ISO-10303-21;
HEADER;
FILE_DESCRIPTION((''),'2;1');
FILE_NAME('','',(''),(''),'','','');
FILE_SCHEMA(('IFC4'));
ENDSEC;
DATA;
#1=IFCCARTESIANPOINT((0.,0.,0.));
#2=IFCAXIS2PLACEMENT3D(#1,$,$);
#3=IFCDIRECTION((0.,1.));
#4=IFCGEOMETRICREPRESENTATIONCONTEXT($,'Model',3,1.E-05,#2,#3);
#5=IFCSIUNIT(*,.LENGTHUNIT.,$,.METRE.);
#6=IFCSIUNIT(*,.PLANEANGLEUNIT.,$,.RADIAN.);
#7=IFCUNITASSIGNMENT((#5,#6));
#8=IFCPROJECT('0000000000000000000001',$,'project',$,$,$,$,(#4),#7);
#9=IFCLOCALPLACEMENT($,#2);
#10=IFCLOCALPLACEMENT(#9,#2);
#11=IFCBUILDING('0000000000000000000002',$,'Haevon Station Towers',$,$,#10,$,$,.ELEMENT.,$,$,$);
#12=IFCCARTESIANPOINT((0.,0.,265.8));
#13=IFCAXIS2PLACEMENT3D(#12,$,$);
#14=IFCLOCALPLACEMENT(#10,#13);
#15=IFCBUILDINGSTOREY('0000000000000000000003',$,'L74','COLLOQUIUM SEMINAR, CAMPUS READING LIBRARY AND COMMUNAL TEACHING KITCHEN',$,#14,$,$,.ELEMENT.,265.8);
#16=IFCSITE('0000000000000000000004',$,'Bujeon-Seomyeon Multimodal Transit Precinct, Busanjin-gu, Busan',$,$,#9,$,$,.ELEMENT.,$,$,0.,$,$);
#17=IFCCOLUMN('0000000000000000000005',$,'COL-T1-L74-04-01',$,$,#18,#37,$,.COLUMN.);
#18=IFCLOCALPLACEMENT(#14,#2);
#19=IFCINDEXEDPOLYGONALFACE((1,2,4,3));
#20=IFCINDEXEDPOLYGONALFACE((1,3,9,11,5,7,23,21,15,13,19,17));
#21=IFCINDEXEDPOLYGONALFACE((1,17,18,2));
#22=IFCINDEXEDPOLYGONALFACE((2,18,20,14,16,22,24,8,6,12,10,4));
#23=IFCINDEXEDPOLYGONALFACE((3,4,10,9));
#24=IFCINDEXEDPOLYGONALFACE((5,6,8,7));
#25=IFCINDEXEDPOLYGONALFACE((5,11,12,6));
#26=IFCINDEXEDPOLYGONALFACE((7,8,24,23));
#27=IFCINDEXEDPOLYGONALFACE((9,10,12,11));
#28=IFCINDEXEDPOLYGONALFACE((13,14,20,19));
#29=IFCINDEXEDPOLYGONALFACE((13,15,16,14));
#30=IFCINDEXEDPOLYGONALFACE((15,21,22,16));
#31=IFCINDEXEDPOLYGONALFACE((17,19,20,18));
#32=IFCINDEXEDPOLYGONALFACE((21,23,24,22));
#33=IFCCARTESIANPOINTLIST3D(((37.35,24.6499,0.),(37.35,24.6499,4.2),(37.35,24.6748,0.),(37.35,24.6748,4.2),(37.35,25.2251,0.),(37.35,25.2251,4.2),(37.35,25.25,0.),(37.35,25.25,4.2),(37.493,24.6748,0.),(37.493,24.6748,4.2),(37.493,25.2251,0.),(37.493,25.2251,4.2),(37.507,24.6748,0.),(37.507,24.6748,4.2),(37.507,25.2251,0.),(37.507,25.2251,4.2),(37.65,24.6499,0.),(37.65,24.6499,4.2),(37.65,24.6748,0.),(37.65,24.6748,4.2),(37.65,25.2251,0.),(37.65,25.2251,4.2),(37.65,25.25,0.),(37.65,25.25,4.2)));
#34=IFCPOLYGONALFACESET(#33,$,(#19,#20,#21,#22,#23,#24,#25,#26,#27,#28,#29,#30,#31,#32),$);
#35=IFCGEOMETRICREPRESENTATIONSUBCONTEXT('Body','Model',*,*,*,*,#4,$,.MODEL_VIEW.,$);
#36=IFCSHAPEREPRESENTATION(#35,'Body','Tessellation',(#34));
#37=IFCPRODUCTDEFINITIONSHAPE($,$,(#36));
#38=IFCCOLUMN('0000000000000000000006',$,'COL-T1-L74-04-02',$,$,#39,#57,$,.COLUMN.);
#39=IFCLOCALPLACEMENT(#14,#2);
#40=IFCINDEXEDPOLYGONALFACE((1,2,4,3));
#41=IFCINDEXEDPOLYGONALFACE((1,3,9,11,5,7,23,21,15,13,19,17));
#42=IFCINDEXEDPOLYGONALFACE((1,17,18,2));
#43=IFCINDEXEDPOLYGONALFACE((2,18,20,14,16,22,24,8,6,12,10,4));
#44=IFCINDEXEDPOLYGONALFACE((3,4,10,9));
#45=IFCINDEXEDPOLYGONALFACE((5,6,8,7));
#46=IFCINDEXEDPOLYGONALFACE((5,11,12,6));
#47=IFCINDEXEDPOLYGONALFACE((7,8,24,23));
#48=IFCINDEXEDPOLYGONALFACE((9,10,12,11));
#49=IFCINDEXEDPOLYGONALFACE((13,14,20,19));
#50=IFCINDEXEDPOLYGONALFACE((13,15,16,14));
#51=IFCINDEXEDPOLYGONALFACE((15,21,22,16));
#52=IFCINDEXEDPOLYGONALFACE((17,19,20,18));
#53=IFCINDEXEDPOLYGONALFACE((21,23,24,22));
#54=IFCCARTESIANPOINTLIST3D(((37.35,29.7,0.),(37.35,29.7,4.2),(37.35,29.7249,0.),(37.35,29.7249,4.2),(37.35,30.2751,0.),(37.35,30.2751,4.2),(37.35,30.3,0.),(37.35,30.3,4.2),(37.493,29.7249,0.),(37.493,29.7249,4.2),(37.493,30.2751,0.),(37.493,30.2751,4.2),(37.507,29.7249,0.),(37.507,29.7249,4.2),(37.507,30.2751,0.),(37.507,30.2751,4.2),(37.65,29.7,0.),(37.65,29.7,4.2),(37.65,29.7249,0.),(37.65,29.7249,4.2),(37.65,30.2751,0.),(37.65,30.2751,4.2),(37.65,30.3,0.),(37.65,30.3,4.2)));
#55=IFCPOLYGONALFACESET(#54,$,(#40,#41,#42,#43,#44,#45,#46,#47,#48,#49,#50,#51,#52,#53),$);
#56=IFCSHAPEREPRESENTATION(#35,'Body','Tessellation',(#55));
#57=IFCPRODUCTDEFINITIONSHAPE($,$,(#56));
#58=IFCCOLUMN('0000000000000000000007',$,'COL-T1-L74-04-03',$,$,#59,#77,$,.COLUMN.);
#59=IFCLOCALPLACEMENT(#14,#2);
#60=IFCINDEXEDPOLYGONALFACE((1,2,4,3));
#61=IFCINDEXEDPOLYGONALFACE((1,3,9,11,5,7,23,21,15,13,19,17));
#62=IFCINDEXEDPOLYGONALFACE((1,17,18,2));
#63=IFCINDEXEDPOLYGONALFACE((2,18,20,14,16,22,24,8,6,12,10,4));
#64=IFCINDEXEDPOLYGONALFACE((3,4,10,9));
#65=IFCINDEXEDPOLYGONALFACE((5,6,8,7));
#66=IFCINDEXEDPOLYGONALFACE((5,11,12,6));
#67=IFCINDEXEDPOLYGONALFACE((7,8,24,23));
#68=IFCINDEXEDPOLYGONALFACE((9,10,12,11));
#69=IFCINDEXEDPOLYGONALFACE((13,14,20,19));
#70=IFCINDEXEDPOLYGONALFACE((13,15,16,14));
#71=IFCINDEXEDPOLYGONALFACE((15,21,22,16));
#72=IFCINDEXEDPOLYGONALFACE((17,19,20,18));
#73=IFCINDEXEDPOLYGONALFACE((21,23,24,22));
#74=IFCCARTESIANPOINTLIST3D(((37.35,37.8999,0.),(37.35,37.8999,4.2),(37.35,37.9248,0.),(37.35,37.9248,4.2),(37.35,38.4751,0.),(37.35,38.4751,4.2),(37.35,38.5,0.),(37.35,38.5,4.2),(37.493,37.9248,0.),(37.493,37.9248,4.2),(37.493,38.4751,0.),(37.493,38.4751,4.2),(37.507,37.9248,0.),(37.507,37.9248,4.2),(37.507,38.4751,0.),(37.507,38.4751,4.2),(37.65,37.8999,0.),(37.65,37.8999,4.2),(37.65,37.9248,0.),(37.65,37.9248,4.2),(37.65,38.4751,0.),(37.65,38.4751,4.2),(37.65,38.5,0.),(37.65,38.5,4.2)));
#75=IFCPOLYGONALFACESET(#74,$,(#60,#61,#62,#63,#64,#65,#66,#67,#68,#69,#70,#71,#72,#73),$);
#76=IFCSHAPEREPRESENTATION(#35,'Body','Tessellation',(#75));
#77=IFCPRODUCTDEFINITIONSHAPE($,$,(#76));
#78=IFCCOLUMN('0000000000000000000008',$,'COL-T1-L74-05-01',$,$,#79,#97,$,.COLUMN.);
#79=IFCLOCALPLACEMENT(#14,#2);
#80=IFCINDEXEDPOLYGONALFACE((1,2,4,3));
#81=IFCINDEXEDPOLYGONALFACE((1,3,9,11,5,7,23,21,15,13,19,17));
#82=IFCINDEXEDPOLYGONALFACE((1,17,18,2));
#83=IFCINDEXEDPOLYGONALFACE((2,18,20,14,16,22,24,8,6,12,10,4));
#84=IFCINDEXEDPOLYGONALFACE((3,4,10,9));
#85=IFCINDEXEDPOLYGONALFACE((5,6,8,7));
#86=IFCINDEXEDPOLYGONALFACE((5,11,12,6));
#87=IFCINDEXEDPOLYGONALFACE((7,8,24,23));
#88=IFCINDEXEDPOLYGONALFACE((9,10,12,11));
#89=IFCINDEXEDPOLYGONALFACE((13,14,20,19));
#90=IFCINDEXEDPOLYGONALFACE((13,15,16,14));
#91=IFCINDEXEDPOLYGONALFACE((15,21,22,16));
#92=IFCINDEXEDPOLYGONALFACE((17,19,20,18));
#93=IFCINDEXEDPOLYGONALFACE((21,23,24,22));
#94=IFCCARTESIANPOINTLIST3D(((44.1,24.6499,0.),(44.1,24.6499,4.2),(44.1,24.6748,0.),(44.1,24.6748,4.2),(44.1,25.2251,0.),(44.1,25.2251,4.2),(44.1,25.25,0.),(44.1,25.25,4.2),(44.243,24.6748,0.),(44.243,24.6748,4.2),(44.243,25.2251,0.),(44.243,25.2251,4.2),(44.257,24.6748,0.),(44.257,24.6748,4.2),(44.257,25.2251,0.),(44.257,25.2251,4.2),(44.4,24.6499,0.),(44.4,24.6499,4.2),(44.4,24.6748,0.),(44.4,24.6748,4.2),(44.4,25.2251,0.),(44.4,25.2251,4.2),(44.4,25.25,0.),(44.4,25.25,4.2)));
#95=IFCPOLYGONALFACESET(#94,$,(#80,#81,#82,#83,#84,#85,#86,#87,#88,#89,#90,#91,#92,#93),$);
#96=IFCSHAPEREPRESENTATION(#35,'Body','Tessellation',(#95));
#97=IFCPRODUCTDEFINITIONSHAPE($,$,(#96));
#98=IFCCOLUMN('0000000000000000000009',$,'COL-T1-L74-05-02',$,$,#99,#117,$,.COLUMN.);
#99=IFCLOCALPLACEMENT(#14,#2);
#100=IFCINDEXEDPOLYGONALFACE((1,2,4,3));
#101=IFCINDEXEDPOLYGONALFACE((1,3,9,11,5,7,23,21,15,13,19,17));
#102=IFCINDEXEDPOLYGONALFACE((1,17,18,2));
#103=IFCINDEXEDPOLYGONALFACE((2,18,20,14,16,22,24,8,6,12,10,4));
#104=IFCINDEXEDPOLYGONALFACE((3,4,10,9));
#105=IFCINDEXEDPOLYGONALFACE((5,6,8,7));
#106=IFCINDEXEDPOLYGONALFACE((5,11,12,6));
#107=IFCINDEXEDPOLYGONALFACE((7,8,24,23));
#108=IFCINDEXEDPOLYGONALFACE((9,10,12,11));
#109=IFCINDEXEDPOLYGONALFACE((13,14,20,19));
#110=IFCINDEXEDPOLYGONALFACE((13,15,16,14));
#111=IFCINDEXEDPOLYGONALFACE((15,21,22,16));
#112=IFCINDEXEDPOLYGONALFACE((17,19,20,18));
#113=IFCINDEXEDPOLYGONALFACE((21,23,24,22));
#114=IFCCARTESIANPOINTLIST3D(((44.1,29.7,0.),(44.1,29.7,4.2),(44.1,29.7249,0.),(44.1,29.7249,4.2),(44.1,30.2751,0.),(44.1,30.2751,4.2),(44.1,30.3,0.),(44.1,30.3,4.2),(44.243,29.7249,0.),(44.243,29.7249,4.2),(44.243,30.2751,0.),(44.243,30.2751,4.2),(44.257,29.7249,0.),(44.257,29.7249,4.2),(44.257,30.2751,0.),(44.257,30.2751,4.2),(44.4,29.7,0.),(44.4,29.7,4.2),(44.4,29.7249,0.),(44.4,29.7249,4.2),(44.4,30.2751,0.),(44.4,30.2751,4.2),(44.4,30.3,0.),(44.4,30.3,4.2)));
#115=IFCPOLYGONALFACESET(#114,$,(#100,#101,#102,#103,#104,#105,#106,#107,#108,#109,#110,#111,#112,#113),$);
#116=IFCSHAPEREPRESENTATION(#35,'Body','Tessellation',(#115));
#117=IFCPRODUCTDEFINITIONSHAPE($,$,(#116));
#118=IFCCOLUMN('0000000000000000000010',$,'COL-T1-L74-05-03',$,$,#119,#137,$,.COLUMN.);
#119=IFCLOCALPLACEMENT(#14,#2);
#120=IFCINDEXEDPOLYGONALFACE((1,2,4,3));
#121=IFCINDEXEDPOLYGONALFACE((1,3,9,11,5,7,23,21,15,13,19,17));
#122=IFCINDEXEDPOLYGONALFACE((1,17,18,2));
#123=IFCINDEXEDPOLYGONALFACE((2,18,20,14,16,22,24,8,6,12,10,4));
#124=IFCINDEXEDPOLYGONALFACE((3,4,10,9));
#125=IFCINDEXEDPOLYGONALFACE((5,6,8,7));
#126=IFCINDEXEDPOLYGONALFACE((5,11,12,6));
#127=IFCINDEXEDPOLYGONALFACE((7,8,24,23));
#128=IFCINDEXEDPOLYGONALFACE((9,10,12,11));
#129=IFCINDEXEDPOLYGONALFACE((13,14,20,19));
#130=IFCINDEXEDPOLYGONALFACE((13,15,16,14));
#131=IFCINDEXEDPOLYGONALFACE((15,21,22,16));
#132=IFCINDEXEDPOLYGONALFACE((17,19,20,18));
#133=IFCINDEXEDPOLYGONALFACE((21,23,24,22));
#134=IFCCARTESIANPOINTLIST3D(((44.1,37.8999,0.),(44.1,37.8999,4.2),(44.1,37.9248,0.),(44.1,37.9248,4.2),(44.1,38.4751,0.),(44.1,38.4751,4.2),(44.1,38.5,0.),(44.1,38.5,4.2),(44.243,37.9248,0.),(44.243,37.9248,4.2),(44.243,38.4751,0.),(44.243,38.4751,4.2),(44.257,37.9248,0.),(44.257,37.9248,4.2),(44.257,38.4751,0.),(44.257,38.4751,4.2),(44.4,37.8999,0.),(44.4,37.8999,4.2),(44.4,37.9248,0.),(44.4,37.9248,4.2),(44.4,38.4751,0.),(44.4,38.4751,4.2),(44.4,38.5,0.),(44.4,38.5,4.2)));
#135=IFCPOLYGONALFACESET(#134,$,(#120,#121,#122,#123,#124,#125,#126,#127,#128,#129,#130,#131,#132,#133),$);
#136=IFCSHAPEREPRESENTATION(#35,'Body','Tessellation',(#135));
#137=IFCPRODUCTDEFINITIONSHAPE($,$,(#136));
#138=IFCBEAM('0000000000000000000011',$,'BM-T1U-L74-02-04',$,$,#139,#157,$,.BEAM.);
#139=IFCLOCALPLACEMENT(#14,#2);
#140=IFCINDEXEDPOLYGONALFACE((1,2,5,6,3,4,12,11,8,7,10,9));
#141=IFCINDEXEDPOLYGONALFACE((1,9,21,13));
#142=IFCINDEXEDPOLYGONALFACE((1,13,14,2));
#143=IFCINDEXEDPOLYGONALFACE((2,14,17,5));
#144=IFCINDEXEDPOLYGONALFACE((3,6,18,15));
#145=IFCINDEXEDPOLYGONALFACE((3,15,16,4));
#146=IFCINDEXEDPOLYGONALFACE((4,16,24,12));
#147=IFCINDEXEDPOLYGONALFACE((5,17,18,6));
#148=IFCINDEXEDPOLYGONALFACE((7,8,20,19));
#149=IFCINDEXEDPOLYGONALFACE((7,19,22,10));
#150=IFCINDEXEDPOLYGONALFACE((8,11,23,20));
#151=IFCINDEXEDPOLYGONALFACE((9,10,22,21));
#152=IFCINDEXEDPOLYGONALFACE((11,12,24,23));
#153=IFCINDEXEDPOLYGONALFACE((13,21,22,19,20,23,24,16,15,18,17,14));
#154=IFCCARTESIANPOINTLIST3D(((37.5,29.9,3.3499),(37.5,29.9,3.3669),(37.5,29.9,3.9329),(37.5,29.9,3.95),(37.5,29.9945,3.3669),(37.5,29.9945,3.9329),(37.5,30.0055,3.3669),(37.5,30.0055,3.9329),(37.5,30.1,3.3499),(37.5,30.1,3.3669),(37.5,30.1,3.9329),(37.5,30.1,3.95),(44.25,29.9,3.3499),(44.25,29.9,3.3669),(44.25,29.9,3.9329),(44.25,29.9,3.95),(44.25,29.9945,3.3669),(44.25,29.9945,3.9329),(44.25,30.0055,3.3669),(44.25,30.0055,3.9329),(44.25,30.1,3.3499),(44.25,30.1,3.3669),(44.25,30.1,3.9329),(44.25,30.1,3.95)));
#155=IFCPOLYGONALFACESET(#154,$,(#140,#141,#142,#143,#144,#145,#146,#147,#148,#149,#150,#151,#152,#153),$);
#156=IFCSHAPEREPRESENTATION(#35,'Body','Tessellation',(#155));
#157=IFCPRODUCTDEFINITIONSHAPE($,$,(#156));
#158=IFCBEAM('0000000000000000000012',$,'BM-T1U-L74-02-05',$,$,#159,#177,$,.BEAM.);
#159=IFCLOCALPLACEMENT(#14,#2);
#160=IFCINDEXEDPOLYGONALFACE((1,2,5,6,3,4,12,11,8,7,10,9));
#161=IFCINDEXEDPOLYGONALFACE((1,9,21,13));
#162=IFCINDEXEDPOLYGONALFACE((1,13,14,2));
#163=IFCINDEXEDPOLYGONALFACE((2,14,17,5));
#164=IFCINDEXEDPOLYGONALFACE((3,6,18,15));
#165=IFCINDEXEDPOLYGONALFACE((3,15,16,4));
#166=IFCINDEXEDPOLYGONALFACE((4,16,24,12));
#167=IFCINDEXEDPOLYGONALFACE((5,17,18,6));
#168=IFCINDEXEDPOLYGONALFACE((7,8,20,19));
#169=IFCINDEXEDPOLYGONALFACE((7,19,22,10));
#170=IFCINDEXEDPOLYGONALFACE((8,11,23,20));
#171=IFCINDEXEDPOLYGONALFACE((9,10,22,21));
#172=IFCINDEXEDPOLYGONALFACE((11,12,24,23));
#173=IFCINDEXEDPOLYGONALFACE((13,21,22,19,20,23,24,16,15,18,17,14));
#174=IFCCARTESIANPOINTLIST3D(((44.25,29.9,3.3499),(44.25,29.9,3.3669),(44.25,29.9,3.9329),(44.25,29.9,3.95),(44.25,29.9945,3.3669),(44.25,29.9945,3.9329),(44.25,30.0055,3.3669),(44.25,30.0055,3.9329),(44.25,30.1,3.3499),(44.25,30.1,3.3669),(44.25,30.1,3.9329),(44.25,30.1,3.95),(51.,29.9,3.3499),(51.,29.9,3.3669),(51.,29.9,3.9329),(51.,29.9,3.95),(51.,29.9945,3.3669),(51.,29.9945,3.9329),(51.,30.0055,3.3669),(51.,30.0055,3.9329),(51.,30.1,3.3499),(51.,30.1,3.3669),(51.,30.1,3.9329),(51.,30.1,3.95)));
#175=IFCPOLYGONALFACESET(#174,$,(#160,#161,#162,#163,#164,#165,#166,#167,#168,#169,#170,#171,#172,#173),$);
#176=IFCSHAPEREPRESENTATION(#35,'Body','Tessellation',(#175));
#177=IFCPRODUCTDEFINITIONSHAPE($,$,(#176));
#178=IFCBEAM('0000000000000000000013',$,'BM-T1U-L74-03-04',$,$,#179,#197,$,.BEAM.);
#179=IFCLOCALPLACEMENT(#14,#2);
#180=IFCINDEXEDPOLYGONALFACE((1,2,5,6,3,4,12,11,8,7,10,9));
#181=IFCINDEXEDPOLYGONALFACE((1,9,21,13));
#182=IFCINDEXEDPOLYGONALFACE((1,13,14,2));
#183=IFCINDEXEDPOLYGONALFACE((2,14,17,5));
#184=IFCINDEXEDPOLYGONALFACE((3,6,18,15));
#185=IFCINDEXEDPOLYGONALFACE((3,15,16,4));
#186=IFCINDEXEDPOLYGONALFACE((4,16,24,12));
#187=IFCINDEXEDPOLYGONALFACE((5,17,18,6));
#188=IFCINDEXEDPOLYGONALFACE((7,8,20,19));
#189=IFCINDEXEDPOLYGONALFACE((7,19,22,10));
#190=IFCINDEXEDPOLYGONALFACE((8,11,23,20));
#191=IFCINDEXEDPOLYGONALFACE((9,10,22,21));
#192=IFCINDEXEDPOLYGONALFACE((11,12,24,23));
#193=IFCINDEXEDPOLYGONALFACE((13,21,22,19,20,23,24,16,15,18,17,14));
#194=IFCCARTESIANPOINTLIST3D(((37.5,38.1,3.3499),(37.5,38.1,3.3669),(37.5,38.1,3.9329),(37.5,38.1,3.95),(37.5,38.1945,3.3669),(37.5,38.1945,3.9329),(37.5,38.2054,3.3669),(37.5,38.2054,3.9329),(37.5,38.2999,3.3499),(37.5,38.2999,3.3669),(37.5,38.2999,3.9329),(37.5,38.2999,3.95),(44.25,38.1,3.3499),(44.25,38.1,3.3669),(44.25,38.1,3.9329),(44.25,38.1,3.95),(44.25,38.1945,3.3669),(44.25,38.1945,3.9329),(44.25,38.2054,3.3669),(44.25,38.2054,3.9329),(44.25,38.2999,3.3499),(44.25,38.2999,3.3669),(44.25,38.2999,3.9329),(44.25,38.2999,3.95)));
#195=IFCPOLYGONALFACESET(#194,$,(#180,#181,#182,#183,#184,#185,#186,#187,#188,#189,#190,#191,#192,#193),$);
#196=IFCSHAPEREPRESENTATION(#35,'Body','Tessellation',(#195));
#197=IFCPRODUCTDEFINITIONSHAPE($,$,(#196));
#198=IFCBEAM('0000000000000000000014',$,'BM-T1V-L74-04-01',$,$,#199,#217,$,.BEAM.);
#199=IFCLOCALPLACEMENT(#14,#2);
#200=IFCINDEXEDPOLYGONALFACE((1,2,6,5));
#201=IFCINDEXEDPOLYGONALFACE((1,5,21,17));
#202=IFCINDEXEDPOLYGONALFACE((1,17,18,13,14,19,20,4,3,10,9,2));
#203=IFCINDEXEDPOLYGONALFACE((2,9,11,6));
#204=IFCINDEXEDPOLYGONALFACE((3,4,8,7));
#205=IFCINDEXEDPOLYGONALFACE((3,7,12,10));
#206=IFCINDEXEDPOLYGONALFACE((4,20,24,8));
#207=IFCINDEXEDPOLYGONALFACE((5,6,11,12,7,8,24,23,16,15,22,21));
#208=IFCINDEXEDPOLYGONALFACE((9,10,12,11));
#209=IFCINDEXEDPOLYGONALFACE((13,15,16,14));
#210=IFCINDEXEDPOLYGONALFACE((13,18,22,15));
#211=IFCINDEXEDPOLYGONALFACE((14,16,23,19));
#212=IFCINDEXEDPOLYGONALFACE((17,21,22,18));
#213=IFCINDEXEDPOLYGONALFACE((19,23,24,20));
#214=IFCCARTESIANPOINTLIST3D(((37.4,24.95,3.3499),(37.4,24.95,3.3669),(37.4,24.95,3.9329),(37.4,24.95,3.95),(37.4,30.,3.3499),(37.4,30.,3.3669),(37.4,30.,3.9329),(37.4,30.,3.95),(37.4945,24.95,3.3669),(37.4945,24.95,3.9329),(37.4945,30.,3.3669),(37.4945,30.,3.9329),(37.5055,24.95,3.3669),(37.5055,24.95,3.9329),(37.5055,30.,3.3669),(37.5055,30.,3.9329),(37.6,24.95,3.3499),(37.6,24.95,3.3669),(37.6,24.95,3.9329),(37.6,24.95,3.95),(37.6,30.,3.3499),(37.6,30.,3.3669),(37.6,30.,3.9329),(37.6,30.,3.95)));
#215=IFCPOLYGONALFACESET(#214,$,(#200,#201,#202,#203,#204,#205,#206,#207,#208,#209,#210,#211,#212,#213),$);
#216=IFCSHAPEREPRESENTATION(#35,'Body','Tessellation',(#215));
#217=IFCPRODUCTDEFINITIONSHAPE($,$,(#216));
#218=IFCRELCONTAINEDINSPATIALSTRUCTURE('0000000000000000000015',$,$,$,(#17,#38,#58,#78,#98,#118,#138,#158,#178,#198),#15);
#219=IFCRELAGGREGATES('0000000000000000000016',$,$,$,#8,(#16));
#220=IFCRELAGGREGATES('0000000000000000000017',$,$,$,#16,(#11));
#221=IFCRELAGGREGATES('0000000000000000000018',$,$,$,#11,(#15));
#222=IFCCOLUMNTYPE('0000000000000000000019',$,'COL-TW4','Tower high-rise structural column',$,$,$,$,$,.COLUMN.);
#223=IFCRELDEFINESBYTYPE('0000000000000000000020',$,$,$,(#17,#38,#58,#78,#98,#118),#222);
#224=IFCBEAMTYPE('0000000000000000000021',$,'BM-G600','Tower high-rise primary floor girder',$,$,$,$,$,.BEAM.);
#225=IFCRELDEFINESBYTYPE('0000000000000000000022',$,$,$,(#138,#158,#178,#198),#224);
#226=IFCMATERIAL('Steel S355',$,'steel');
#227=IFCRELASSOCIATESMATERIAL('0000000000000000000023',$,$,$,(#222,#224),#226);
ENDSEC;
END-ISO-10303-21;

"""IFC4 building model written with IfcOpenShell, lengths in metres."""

from ifc_helpers import new_model, si_unit, direction, frame, origin, origin_2d, place, context, subcontext, project, spatial, i_section, extrude, material, material_profile, profile_set, type_object, element, save


model = new_model("IFC4")

# Units and contexts
model_context = context("Model", 3, precision=1e-05, world=origin(), true_north=direction((0.0, 1.0)))
body_context = subcontext(model_context, "Body", "Model", "MODEL_VIEW")
ifc_project = project(units=[si_unit("LENGTHUNIT", "METRE"), si_unit("PLANEANGLEUNIT", "RADIAN")], contexts=[model_context])

# Site, building, storey
site_placement = place(None, origin())
site = spatial("IfcSite", under=ifc_project, at=site_placement, Name="Bujeon-Seomyeon Multimodal Transit Precinct, Busanjin-gu, Busan", CompositionType="ELEMENT", RefElevation=0.0)
building_placement = place(site_placement, origin())
building = spatial("IfcBuilding", under=site, at=building_placement, Name="Haevon Station Towers", CompositionType="ELEMENT")
storey_placement = place(building_placement, frame((0.0, 0.0, 265.8)))
storey = spatial("IfcBuildingStorey", under=building, at=storey_placement, Name="L74", Description="COLLOQUIUM SEMINAR, CAMPUS READING LIBRARY AND COMMUNAL TEACHING KITCHEN", CompositionType="ELEMENT", Elevation=265.8)

# Columns
ifc_material_1 = material(Name="Steel S355", Category="steel")
ifc_material_profile_1 = material_profile(ifc_material_1, i_section(OverallWidth=0.3, OverallDepth=0.6001, WebThickness=0.0139, FlangeThickness=0.0249, at=origin_2d()), Name="H-600x300x14x25")
ifc_profile_set_1 = profile_set([ifc_material_profile_1], Name="Steel S355")
column_type = type_object("IfcColumnType", Name="COL-TW4", Description="Tower high-rise structural column", PredefinedType="COLUMN", material=ifc_profile_set_1)
for number, where, z_axis, x_axis, name in (
    (1, (37.5, 24.95, 0.0), (0.0, 0.0, 1.0), (1.0, 0.0, 0.0), "COL-T1-L74-04-01"),
    (2, (37.5, 30.0, 0.0), (0.0, 0.0, 1.0), (1.0, 0.0, 0.0), "COL-T1-L74-04-02"),
    (3, (37.5, 38.2, 0.0), (0.0, 0.0, 1.0), (1.0, 0.0, 0.0), "COL-T1-L74-04-03"),
    (4, (44.25, 24.95, 0.0), (0.0, 0.0, 1.0), (1.0, 0.0, 0.0), "COL-T1-L74-05-01"),
    (5, (44.25, 30.0, 0.0), (0.0, 0.0, 1.0), (1.0, 0.0, 0.0), "COL-T1-L74-05-02"),
    (6, (44.25, 38.2, 0.0), (0.0, 0.0, 1.0), (1.0, 0.0, 0.0), "COL-T1-L74-05-03"),
):
    element("IfcColumn", number, at=place(storey_placement, frame(where, z_axis=z_axis, x_axis=x_axis)), inside=storey, type_object=column_type, Name=name, PredefinedType="COLUMN", context=body_context, shape_type="SweptSolid", body=[
        extrude(i_section(OverallWidth=0.3, OverallDepth=0.6001, WebThickness=0.0139, FlangeThickness=0.0249, at=origin_2d()), origin(), (0.0, 0.0, 1.0), 4.2),
    ])

# Beams
ifc_material_profile_2 = material_profile(ifc_material_1, i_section(OverallWidth=0.2, OverallDepth=0.6001, WebThickness=0.011, FlangeThickness=0.0171, at=origin_2d()), Name="H-600x200x11x17")
ifc_profile_set_2 = profile_set([ifc_material_profile_2], Name="Steel S355")
beam_type_1 = type_object("IfcBeamType", Name="BM-G600", Description="Tower high-rise primary floor girder", PredefinedType="BEAM", material=ifc_profile_set_2)
for number, where, z_axis, x_axis, name in (
    (7, (37.5, 30.0, 3.6499), (1.0, 0.0, 0.0), (0.0, 1.0, 0.0), "BM-T1U-L74-02-04"),
    (8, (44.25, 30.0, 3.6499), (1.0, 0.0, 0.0), (0.0, 1.0, 0.0), "BM-T1U-L74-02-05"),
    (9, (37.5, 38.2, 3.6499), (1.0, 0.0, 0.0), (0.0, 1.0, 0.0), "BM-T1U-L74-03-04"),
):
    element("IfcBeam", number, at=place(storey_placement, frame(where, z_axis=z_axis, x_axis=x_axis)), inside=storey, type_object=beam_type_1, Name=name, PredefinedType="BEAM", context=body_context, shape_type="SweptSolid", body=[
        extrude(i_section(OverallWidth=0.2, OverallDepth=0.6001, WebThickness=0.011, FlangeThickness=0.0171, at=origin_2d()), origin(), (0.0, 0.0, 1.0), 6.75),
    ])
beam_1_placement = place(storey_placement, frame((37.5, 24.95, 3.6499), z_axis=(0.0, 1.0, 0.0), x_axis=(-1.0, 0.0, 0.0)))
element("IfcBeam", 10, at=beam_1_placement, inside=storey, type_object=beam_type_1, Name="BM-T1V-L74-04-01", PredefinedType="BEAM", context=body_context, shape_type="SweptSolid", body=[
    extrude(i_section(OverallWidth=0.2, OverallDepth=0.6001, WebThickness=0.011, FlangeThickness=0.0171, at=origin_2d()), origin(), (0.0, 0.0, 1.0), 5.05),
])

save(model, "model.ifc")
